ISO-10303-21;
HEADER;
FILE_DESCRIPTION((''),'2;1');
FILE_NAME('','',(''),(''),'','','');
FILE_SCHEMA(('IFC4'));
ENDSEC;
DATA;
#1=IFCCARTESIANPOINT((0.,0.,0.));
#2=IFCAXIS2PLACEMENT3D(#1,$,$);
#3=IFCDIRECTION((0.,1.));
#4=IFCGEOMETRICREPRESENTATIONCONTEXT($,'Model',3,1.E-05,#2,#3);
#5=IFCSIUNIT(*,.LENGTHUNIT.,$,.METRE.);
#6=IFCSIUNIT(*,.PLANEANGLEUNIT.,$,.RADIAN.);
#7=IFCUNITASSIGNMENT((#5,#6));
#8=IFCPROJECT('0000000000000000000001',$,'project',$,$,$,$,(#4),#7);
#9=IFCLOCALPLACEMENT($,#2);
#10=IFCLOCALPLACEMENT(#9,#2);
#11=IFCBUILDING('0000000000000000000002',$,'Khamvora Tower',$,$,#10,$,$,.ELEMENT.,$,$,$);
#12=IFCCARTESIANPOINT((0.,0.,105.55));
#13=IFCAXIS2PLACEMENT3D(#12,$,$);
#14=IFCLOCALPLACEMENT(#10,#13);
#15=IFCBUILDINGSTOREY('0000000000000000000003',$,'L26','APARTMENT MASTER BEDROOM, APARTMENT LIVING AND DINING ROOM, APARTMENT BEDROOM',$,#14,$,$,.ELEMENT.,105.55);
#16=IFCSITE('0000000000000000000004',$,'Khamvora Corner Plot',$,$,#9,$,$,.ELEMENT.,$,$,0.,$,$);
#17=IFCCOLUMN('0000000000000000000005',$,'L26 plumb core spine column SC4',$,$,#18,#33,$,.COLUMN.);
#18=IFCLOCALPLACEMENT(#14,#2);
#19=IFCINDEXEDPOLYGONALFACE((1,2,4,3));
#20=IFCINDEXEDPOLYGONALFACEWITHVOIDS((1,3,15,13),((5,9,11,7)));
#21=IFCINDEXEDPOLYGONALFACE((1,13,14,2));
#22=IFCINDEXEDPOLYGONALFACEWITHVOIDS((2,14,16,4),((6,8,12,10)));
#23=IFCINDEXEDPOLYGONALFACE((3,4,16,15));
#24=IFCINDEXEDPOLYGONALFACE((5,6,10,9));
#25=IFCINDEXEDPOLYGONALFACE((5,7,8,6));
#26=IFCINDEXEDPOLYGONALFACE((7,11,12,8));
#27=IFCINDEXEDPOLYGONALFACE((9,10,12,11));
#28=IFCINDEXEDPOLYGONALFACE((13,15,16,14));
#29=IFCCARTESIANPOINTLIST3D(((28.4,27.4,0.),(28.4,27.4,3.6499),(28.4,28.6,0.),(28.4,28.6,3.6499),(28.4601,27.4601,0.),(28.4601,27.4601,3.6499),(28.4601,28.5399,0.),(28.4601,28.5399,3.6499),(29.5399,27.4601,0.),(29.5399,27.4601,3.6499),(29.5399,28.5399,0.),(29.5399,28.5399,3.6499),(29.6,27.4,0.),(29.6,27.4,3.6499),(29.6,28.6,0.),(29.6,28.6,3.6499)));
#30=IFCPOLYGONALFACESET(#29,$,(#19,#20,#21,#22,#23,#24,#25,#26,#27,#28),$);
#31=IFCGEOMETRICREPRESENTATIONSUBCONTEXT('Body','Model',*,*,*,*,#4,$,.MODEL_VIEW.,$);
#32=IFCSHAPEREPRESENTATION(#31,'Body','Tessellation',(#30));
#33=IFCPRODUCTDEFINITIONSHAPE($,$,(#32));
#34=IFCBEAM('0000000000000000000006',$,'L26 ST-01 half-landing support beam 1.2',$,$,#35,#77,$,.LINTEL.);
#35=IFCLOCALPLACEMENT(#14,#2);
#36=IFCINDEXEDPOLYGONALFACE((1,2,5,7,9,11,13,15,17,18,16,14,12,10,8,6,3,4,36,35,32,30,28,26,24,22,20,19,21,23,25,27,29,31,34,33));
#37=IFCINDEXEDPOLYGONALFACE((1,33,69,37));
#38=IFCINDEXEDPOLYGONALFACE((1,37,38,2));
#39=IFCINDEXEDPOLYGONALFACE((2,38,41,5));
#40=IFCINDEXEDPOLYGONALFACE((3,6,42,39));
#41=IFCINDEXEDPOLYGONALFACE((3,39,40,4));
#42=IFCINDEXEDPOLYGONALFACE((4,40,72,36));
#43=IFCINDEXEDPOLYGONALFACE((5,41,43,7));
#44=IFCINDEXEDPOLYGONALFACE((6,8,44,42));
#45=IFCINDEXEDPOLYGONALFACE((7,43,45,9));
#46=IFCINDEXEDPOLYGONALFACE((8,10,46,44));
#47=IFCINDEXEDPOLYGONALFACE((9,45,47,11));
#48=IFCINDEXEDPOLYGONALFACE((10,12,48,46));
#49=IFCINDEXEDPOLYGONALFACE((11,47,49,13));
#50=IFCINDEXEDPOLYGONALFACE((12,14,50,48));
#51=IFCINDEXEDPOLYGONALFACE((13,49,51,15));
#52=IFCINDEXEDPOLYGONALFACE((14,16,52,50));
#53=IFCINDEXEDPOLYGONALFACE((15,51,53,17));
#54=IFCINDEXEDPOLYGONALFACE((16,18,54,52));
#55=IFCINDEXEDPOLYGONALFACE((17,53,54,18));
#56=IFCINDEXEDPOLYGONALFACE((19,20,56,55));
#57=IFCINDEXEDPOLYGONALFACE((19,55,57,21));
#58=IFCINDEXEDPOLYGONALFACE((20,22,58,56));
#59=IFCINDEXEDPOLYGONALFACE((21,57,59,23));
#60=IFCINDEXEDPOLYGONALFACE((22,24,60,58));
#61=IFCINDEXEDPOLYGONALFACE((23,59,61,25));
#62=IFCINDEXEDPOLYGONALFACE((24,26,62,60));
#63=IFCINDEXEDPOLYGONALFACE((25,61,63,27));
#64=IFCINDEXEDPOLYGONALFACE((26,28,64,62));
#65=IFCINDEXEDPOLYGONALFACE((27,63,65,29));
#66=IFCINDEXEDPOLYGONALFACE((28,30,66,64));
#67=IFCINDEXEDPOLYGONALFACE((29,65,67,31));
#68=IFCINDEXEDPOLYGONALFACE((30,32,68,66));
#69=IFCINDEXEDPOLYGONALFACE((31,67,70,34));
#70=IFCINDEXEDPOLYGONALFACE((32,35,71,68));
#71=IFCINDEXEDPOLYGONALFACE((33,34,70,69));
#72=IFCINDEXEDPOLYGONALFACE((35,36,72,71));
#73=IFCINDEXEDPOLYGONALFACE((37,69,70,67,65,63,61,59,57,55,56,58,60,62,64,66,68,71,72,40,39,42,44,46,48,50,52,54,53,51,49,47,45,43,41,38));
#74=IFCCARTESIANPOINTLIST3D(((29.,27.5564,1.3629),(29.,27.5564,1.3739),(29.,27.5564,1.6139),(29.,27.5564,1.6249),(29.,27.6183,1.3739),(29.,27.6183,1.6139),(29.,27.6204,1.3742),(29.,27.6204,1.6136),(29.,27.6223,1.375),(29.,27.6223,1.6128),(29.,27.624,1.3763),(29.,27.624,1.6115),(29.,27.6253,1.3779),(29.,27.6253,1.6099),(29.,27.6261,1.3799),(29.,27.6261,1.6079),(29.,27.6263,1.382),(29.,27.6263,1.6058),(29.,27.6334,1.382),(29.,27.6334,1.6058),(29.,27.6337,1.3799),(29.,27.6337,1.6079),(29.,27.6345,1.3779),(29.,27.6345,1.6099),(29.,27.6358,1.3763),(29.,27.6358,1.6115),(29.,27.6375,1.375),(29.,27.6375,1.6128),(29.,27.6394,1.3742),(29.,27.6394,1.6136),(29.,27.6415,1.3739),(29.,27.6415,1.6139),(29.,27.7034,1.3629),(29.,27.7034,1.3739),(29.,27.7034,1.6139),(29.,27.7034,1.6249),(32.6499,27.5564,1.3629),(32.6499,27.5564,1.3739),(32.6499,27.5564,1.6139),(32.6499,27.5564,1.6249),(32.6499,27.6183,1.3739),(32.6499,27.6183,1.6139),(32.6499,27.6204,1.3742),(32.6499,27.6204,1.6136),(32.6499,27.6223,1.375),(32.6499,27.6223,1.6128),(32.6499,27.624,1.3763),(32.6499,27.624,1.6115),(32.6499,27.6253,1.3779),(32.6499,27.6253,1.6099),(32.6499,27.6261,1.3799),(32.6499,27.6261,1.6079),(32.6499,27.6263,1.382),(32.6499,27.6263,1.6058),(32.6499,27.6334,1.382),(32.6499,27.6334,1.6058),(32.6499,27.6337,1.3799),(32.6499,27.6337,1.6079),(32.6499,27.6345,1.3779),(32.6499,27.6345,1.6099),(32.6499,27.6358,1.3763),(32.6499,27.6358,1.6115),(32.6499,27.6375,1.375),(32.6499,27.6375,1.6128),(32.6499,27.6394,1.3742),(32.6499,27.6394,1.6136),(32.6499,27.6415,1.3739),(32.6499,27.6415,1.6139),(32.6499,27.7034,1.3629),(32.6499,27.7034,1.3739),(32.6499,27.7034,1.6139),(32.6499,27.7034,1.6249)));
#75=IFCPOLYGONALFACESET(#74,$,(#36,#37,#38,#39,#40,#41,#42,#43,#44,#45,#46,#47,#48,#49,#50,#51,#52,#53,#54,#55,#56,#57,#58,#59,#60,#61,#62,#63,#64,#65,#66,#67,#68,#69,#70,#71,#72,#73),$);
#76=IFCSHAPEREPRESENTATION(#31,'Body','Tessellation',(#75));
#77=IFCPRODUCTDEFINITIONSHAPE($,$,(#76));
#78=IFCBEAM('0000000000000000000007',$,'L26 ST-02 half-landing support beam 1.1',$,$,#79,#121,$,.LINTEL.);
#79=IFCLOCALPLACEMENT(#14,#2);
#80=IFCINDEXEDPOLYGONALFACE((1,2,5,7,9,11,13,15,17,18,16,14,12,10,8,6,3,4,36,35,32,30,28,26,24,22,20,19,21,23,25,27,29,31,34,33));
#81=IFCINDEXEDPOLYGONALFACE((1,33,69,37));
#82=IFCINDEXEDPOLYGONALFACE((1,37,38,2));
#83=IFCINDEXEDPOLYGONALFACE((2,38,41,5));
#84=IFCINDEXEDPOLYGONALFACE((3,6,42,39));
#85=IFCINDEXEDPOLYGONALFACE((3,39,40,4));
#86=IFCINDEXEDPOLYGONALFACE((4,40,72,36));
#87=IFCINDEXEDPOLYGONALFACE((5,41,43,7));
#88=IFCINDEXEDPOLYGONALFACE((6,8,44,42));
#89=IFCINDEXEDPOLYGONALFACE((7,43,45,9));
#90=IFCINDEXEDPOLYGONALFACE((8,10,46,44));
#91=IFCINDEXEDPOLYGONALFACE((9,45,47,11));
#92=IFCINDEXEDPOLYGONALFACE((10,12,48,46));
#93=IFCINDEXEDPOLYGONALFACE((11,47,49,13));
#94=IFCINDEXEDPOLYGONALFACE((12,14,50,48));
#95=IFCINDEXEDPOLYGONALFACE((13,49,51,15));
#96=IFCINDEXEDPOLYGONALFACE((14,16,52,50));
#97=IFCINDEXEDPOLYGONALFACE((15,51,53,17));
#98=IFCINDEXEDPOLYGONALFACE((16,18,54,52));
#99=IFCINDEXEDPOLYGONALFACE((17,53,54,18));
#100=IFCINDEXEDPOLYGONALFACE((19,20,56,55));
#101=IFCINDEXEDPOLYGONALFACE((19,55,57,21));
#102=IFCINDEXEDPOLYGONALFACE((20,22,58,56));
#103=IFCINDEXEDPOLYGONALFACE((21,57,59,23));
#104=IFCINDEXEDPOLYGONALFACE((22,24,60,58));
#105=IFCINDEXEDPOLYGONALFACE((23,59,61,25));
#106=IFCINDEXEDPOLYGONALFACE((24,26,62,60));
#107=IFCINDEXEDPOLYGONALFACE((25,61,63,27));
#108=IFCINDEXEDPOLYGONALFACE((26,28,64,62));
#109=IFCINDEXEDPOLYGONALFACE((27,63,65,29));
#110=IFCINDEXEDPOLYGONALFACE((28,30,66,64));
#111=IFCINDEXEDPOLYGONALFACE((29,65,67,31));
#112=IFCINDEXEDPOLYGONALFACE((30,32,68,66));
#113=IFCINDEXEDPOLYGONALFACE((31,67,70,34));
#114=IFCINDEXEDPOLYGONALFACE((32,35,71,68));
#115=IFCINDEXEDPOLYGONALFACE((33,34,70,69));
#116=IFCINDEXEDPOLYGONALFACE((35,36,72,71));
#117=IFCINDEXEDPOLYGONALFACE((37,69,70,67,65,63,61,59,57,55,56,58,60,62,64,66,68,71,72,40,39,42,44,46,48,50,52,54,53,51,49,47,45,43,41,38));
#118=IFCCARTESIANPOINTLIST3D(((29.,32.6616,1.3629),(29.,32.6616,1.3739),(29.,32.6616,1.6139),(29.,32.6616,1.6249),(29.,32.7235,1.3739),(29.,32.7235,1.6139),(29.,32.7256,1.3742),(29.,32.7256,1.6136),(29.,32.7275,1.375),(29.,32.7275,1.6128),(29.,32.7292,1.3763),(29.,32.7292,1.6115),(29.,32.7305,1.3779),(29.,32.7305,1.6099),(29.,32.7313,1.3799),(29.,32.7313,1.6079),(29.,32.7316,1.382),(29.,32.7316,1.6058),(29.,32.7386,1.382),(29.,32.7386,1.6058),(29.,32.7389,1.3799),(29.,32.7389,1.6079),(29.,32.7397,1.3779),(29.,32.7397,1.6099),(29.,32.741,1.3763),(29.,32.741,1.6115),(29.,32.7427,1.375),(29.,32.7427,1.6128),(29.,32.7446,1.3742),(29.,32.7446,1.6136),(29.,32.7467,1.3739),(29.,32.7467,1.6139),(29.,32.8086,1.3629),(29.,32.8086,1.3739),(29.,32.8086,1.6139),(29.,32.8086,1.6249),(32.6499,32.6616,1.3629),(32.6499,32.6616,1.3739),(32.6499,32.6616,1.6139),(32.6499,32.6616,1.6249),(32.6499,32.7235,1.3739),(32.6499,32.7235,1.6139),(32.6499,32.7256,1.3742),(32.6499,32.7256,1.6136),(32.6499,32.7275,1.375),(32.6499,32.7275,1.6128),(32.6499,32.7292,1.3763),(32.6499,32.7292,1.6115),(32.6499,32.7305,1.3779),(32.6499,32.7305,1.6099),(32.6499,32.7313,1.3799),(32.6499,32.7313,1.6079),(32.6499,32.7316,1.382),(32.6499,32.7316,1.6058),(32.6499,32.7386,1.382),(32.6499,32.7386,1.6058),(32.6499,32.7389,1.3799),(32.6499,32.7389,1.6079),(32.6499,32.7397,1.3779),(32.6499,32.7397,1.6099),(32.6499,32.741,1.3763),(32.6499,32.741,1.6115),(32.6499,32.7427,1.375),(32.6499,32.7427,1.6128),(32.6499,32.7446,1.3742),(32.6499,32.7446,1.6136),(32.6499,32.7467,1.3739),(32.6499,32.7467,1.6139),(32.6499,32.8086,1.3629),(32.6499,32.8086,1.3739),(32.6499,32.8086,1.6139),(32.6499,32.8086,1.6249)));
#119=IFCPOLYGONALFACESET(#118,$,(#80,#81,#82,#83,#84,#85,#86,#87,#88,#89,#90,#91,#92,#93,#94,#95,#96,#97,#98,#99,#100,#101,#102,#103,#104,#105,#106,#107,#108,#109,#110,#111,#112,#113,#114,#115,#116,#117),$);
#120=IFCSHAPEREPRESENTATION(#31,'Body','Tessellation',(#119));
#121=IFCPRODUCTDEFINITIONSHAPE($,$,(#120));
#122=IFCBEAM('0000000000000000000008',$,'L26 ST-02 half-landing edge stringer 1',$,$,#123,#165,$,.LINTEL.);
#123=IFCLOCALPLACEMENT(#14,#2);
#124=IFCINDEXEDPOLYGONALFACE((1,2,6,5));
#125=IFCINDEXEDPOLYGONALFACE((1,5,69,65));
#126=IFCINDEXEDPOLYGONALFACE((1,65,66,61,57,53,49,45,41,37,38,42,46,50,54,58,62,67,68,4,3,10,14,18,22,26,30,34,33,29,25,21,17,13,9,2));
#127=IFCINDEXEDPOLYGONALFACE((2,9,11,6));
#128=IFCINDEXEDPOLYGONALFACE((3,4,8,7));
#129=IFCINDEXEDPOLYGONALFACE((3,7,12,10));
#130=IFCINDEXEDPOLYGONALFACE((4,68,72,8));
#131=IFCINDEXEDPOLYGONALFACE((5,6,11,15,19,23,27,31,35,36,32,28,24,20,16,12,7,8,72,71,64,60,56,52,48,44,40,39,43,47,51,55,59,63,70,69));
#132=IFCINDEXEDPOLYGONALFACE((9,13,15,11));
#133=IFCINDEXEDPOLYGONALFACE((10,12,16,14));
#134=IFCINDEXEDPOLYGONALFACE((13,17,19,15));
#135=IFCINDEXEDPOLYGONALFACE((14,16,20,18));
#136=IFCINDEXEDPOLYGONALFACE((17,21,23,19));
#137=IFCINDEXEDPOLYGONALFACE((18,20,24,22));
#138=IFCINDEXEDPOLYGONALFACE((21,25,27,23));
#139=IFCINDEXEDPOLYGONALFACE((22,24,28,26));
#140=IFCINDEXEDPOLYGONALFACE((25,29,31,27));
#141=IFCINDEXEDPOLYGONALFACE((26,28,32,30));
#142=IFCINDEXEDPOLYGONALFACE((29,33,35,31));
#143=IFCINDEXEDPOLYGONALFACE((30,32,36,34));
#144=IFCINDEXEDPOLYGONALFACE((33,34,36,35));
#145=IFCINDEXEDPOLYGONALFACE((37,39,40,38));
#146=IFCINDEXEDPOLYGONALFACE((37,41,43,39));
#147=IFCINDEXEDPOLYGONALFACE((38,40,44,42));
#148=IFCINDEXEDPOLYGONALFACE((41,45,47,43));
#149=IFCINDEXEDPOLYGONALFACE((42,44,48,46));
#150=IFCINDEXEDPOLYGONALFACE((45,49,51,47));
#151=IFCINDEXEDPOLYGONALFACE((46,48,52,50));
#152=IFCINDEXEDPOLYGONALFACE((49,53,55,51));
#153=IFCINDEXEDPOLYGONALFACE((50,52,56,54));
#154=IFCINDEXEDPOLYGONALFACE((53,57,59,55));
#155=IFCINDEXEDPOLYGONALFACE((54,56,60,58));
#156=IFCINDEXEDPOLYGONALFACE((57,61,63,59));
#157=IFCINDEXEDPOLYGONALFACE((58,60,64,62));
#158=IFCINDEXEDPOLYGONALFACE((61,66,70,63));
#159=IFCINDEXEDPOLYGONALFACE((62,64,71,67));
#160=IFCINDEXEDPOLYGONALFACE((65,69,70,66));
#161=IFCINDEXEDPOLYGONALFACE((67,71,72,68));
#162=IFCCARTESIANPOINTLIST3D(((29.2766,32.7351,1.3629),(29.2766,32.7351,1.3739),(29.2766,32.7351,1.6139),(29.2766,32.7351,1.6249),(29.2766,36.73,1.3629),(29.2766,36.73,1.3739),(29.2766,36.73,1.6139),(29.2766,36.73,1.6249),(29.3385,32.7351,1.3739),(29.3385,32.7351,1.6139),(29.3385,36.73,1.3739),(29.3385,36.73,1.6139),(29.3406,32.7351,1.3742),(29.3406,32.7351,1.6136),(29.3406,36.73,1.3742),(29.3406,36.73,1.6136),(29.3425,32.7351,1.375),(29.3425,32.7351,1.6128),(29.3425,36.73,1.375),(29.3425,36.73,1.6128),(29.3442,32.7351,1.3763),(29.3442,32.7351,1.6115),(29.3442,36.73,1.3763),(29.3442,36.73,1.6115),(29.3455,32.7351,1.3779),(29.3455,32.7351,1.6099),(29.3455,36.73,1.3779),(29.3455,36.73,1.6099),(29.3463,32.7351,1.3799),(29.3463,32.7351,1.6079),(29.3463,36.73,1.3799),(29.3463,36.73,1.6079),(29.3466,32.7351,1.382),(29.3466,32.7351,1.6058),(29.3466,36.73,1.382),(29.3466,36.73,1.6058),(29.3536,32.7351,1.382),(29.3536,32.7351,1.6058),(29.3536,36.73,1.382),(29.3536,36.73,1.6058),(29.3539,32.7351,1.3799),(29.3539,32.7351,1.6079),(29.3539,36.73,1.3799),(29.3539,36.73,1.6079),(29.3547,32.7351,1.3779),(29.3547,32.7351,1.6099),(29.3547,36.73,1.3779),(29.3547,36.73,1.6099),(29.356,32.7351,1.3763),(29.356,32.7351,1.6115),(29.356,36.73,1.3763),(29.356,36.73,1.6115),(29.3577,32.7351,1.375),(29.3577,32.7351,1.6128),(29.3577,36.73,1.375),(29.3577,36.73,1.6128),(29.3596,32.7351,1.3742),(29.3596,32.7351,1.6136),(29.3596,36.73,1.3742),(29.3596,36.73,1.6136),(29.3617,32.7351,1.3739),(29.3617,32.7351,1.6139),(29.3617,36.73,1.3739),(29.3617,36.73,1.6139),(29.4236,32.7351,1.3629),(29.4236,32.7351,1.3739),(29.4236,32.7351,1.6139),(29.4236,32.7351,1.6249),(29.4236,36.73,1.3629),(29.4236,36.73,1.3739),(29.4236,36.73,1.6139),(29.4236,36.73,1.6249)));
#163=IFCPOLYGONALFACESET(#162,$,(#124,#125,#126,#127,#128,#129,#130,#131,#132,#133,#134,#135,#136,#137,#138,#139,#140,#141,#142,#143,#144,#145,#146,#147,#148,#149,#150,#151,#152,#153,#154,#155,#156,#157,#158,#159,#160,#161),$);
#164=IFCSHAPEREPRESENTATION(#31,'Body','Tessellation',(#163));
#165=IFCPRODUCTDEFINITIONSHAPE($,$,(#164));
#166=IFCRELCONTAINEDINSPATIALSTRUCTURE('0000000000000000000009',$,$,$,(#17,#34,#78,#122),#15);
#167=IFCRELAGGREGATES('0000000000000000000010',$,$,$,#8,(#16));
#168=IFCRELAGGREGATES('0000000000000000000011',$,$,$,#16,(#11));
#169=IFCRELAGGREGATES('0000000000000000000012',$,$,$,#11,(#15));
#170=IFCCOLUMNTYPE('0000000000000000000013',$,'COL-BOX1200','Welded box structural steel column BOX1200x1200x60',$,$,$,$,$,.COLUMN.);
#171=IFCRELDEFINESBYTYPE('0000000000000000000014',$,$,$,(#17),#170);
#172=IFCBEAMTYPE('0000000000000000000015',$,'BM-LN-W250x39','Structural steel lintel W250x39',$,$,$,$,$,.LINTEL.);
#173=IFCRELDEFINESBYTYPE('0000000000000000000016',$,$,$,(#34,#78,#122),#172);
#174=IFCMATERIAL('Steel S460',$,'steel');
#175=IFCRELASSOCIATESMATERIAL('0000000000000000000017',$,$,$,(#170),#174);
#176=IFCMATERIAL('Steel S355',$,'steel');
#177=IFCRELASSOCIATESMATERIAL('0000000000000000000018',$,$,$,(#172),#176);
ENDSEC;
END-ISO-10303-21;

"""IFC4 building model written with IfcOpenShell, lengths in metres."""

from ifc_helpers import new_model, si_unit, direction, frame, origin, origin_2d, place, context, subcontext, project, spatial, hollow_rectangle, i_section, extrude, material, material_profile, profile_set, type_object, element, save


model = new_model("IFC4")

# Units and contexts
model_context = context("Model", 3, precision=1e-05, world=origin(), true_north=direction((0.0, 1.0)))
body_context = subcontext(model_context, "Body", "Model", "MODEL_VIEW")
ifc_project = project(units=[si_unit("LENGTHUNIT", "METRE"), si_unit("PLANEANGLEUNIT", "RADIAN")], contexts=[model_context])

# Site, building, storey
site_placement = place(None, origin())
site = spatial("IfcSite", under=ifc_project, at=site_placement, Name="Khamvora Corner Plot", CompositionType="ELEMENT", RefElevation=0.0)
building_placement = place(site_placement, origin())
building = spatial("IfcBuilding", under=site, at=building_placement, Name="Khamvora Tower", CompositionType="ELEMENT")
storey_placement = place(building_placement, frame((0.0, 0.0, 105.55)))
storey = spatial("IfcBuildingStorey", under=building, at=storey_placement, Name="L26", Description="APARTMENT MASTER BEDROOM, APARTMENT LIVING AND DINING ROOM, APARTMENT BEDROOM", CompositionType="ELEMENT", Elevation=105.55)

# Column
ifc_material_1 = material(Name="Steel S460", Category="steel")
ifc_material_profile_1 = material_profile(ifc_material_1, hollow_rectangle(XDim=1.2, YDim=1.2, WallThickness=0.0601, at=origin_2d()), Name="BOX1200x1200x60")
ifc_profile_set_1 = profile_set([ifc_material_profile_1], Name="Steel S460")
column_type = type_object("IfcColumnType", Name="COL-BOX1200", Description="Welded box structural steel column BOX1200x1200x60", PredefinedType="COLUMN", material=ifc_profile_set_1)
column_placement = place(storey_placement, frame((29.0, 28.0, 0.0), z_axis=(0.0, 0.0, 1.0), x_axis=(1.0, 0.0, 0.0)))
element("IfcColumn", 1, at=column_placement, inside=storey, type_object=column_type, Name="L26 plumb core spine column SC4", PredefinedType="COLUMN", context=body_context, shape_type="SweptSolid", body=[
    extrude(hollow_rectangle(XDim=1.2, YDim=1.2, WallThickness=0.0601, at=origin_2d()), origin(), (0.0, 0.0, 1.0), 3.6499),
])

# Beams
ifc_material_2 = material(Name="Steel S355", Category="steel")
ifc_material_profile_2 = material_profile(ifc_material_2, i_section(OverallWidth=0.147, OverallDepth=0.262, WebThickness=0.0071, FlangeThickness=0.011, FilletRadius=0.0081, at=origin_2d()), Name="W250x39")
ifc_profile_set_2 = profile_set([ifc_material_profile_2], Name="Steel S355")
beam_type_1 = type_object("IfcBeamType", Name="BM-LN-W250x39", Description="Structural steel lintel W250x39", PredefinedType="LINTEL", material=ifc_profile_set_2)
for number, where, z_axis, x_axis, name in (
    (2, (29.0, 27.6299, 1.4939), (1.0, 0.0, 0.0), (0.0, 1.0, 0.0), "L26 ST-01 half-landing support beam 1.2"),
    (3, (29.0, 32.7351, 1.4939), (1.0, 0.0, 0.0), (0.0, 1.0, 0.0), "L26 ST-02 half-landing support beam 1.1"),
):
    element("IfcBeam", number, at=place(storey_placement, frame(where, z_axis=z_axis, x_axis=x_axis)), inside=storey, type_object=beam_type_1, Name=name, PredefinedType="LINTEL", context=body_context, shape_type="SweptSolid", body=[
        extrude(i_section(OverallWidth=0.147, OverallDepth=0.262, WebThickness=0.0071, FlangeThickness=0.011, FilletRadius=0.0081, at=origin_2d()), origin(), (0.0, 0.0, 1.0), 3.6499),
    ])
beam_1_placement = place(storey_placement, frame((29.3501, 32.7351, 1.4939), z_axis=(0.0, 1.0, 0.0), x_axis=(-1.0, 0.0, 0.0)))
element("IfcBeam", 4, at=beam_1_placement, inside=storey, type_object=beam_type_1, Name="L26 ST-02 half-landing edge stringer 1", PredefinedType="LINTEL", context=body_context, shape_type="SweptSolid", body=[
    extrude(i_section(OverallWidth=0.147, OverallDepth=0.262, WebThickness=0.0071, FlangeThickness=0.011, FilletRadius=0.0081, at=origin_2d()), origin(), (0.0, 0.0, 1.0), 3.9949),
])

save(model, "model.ifc")
